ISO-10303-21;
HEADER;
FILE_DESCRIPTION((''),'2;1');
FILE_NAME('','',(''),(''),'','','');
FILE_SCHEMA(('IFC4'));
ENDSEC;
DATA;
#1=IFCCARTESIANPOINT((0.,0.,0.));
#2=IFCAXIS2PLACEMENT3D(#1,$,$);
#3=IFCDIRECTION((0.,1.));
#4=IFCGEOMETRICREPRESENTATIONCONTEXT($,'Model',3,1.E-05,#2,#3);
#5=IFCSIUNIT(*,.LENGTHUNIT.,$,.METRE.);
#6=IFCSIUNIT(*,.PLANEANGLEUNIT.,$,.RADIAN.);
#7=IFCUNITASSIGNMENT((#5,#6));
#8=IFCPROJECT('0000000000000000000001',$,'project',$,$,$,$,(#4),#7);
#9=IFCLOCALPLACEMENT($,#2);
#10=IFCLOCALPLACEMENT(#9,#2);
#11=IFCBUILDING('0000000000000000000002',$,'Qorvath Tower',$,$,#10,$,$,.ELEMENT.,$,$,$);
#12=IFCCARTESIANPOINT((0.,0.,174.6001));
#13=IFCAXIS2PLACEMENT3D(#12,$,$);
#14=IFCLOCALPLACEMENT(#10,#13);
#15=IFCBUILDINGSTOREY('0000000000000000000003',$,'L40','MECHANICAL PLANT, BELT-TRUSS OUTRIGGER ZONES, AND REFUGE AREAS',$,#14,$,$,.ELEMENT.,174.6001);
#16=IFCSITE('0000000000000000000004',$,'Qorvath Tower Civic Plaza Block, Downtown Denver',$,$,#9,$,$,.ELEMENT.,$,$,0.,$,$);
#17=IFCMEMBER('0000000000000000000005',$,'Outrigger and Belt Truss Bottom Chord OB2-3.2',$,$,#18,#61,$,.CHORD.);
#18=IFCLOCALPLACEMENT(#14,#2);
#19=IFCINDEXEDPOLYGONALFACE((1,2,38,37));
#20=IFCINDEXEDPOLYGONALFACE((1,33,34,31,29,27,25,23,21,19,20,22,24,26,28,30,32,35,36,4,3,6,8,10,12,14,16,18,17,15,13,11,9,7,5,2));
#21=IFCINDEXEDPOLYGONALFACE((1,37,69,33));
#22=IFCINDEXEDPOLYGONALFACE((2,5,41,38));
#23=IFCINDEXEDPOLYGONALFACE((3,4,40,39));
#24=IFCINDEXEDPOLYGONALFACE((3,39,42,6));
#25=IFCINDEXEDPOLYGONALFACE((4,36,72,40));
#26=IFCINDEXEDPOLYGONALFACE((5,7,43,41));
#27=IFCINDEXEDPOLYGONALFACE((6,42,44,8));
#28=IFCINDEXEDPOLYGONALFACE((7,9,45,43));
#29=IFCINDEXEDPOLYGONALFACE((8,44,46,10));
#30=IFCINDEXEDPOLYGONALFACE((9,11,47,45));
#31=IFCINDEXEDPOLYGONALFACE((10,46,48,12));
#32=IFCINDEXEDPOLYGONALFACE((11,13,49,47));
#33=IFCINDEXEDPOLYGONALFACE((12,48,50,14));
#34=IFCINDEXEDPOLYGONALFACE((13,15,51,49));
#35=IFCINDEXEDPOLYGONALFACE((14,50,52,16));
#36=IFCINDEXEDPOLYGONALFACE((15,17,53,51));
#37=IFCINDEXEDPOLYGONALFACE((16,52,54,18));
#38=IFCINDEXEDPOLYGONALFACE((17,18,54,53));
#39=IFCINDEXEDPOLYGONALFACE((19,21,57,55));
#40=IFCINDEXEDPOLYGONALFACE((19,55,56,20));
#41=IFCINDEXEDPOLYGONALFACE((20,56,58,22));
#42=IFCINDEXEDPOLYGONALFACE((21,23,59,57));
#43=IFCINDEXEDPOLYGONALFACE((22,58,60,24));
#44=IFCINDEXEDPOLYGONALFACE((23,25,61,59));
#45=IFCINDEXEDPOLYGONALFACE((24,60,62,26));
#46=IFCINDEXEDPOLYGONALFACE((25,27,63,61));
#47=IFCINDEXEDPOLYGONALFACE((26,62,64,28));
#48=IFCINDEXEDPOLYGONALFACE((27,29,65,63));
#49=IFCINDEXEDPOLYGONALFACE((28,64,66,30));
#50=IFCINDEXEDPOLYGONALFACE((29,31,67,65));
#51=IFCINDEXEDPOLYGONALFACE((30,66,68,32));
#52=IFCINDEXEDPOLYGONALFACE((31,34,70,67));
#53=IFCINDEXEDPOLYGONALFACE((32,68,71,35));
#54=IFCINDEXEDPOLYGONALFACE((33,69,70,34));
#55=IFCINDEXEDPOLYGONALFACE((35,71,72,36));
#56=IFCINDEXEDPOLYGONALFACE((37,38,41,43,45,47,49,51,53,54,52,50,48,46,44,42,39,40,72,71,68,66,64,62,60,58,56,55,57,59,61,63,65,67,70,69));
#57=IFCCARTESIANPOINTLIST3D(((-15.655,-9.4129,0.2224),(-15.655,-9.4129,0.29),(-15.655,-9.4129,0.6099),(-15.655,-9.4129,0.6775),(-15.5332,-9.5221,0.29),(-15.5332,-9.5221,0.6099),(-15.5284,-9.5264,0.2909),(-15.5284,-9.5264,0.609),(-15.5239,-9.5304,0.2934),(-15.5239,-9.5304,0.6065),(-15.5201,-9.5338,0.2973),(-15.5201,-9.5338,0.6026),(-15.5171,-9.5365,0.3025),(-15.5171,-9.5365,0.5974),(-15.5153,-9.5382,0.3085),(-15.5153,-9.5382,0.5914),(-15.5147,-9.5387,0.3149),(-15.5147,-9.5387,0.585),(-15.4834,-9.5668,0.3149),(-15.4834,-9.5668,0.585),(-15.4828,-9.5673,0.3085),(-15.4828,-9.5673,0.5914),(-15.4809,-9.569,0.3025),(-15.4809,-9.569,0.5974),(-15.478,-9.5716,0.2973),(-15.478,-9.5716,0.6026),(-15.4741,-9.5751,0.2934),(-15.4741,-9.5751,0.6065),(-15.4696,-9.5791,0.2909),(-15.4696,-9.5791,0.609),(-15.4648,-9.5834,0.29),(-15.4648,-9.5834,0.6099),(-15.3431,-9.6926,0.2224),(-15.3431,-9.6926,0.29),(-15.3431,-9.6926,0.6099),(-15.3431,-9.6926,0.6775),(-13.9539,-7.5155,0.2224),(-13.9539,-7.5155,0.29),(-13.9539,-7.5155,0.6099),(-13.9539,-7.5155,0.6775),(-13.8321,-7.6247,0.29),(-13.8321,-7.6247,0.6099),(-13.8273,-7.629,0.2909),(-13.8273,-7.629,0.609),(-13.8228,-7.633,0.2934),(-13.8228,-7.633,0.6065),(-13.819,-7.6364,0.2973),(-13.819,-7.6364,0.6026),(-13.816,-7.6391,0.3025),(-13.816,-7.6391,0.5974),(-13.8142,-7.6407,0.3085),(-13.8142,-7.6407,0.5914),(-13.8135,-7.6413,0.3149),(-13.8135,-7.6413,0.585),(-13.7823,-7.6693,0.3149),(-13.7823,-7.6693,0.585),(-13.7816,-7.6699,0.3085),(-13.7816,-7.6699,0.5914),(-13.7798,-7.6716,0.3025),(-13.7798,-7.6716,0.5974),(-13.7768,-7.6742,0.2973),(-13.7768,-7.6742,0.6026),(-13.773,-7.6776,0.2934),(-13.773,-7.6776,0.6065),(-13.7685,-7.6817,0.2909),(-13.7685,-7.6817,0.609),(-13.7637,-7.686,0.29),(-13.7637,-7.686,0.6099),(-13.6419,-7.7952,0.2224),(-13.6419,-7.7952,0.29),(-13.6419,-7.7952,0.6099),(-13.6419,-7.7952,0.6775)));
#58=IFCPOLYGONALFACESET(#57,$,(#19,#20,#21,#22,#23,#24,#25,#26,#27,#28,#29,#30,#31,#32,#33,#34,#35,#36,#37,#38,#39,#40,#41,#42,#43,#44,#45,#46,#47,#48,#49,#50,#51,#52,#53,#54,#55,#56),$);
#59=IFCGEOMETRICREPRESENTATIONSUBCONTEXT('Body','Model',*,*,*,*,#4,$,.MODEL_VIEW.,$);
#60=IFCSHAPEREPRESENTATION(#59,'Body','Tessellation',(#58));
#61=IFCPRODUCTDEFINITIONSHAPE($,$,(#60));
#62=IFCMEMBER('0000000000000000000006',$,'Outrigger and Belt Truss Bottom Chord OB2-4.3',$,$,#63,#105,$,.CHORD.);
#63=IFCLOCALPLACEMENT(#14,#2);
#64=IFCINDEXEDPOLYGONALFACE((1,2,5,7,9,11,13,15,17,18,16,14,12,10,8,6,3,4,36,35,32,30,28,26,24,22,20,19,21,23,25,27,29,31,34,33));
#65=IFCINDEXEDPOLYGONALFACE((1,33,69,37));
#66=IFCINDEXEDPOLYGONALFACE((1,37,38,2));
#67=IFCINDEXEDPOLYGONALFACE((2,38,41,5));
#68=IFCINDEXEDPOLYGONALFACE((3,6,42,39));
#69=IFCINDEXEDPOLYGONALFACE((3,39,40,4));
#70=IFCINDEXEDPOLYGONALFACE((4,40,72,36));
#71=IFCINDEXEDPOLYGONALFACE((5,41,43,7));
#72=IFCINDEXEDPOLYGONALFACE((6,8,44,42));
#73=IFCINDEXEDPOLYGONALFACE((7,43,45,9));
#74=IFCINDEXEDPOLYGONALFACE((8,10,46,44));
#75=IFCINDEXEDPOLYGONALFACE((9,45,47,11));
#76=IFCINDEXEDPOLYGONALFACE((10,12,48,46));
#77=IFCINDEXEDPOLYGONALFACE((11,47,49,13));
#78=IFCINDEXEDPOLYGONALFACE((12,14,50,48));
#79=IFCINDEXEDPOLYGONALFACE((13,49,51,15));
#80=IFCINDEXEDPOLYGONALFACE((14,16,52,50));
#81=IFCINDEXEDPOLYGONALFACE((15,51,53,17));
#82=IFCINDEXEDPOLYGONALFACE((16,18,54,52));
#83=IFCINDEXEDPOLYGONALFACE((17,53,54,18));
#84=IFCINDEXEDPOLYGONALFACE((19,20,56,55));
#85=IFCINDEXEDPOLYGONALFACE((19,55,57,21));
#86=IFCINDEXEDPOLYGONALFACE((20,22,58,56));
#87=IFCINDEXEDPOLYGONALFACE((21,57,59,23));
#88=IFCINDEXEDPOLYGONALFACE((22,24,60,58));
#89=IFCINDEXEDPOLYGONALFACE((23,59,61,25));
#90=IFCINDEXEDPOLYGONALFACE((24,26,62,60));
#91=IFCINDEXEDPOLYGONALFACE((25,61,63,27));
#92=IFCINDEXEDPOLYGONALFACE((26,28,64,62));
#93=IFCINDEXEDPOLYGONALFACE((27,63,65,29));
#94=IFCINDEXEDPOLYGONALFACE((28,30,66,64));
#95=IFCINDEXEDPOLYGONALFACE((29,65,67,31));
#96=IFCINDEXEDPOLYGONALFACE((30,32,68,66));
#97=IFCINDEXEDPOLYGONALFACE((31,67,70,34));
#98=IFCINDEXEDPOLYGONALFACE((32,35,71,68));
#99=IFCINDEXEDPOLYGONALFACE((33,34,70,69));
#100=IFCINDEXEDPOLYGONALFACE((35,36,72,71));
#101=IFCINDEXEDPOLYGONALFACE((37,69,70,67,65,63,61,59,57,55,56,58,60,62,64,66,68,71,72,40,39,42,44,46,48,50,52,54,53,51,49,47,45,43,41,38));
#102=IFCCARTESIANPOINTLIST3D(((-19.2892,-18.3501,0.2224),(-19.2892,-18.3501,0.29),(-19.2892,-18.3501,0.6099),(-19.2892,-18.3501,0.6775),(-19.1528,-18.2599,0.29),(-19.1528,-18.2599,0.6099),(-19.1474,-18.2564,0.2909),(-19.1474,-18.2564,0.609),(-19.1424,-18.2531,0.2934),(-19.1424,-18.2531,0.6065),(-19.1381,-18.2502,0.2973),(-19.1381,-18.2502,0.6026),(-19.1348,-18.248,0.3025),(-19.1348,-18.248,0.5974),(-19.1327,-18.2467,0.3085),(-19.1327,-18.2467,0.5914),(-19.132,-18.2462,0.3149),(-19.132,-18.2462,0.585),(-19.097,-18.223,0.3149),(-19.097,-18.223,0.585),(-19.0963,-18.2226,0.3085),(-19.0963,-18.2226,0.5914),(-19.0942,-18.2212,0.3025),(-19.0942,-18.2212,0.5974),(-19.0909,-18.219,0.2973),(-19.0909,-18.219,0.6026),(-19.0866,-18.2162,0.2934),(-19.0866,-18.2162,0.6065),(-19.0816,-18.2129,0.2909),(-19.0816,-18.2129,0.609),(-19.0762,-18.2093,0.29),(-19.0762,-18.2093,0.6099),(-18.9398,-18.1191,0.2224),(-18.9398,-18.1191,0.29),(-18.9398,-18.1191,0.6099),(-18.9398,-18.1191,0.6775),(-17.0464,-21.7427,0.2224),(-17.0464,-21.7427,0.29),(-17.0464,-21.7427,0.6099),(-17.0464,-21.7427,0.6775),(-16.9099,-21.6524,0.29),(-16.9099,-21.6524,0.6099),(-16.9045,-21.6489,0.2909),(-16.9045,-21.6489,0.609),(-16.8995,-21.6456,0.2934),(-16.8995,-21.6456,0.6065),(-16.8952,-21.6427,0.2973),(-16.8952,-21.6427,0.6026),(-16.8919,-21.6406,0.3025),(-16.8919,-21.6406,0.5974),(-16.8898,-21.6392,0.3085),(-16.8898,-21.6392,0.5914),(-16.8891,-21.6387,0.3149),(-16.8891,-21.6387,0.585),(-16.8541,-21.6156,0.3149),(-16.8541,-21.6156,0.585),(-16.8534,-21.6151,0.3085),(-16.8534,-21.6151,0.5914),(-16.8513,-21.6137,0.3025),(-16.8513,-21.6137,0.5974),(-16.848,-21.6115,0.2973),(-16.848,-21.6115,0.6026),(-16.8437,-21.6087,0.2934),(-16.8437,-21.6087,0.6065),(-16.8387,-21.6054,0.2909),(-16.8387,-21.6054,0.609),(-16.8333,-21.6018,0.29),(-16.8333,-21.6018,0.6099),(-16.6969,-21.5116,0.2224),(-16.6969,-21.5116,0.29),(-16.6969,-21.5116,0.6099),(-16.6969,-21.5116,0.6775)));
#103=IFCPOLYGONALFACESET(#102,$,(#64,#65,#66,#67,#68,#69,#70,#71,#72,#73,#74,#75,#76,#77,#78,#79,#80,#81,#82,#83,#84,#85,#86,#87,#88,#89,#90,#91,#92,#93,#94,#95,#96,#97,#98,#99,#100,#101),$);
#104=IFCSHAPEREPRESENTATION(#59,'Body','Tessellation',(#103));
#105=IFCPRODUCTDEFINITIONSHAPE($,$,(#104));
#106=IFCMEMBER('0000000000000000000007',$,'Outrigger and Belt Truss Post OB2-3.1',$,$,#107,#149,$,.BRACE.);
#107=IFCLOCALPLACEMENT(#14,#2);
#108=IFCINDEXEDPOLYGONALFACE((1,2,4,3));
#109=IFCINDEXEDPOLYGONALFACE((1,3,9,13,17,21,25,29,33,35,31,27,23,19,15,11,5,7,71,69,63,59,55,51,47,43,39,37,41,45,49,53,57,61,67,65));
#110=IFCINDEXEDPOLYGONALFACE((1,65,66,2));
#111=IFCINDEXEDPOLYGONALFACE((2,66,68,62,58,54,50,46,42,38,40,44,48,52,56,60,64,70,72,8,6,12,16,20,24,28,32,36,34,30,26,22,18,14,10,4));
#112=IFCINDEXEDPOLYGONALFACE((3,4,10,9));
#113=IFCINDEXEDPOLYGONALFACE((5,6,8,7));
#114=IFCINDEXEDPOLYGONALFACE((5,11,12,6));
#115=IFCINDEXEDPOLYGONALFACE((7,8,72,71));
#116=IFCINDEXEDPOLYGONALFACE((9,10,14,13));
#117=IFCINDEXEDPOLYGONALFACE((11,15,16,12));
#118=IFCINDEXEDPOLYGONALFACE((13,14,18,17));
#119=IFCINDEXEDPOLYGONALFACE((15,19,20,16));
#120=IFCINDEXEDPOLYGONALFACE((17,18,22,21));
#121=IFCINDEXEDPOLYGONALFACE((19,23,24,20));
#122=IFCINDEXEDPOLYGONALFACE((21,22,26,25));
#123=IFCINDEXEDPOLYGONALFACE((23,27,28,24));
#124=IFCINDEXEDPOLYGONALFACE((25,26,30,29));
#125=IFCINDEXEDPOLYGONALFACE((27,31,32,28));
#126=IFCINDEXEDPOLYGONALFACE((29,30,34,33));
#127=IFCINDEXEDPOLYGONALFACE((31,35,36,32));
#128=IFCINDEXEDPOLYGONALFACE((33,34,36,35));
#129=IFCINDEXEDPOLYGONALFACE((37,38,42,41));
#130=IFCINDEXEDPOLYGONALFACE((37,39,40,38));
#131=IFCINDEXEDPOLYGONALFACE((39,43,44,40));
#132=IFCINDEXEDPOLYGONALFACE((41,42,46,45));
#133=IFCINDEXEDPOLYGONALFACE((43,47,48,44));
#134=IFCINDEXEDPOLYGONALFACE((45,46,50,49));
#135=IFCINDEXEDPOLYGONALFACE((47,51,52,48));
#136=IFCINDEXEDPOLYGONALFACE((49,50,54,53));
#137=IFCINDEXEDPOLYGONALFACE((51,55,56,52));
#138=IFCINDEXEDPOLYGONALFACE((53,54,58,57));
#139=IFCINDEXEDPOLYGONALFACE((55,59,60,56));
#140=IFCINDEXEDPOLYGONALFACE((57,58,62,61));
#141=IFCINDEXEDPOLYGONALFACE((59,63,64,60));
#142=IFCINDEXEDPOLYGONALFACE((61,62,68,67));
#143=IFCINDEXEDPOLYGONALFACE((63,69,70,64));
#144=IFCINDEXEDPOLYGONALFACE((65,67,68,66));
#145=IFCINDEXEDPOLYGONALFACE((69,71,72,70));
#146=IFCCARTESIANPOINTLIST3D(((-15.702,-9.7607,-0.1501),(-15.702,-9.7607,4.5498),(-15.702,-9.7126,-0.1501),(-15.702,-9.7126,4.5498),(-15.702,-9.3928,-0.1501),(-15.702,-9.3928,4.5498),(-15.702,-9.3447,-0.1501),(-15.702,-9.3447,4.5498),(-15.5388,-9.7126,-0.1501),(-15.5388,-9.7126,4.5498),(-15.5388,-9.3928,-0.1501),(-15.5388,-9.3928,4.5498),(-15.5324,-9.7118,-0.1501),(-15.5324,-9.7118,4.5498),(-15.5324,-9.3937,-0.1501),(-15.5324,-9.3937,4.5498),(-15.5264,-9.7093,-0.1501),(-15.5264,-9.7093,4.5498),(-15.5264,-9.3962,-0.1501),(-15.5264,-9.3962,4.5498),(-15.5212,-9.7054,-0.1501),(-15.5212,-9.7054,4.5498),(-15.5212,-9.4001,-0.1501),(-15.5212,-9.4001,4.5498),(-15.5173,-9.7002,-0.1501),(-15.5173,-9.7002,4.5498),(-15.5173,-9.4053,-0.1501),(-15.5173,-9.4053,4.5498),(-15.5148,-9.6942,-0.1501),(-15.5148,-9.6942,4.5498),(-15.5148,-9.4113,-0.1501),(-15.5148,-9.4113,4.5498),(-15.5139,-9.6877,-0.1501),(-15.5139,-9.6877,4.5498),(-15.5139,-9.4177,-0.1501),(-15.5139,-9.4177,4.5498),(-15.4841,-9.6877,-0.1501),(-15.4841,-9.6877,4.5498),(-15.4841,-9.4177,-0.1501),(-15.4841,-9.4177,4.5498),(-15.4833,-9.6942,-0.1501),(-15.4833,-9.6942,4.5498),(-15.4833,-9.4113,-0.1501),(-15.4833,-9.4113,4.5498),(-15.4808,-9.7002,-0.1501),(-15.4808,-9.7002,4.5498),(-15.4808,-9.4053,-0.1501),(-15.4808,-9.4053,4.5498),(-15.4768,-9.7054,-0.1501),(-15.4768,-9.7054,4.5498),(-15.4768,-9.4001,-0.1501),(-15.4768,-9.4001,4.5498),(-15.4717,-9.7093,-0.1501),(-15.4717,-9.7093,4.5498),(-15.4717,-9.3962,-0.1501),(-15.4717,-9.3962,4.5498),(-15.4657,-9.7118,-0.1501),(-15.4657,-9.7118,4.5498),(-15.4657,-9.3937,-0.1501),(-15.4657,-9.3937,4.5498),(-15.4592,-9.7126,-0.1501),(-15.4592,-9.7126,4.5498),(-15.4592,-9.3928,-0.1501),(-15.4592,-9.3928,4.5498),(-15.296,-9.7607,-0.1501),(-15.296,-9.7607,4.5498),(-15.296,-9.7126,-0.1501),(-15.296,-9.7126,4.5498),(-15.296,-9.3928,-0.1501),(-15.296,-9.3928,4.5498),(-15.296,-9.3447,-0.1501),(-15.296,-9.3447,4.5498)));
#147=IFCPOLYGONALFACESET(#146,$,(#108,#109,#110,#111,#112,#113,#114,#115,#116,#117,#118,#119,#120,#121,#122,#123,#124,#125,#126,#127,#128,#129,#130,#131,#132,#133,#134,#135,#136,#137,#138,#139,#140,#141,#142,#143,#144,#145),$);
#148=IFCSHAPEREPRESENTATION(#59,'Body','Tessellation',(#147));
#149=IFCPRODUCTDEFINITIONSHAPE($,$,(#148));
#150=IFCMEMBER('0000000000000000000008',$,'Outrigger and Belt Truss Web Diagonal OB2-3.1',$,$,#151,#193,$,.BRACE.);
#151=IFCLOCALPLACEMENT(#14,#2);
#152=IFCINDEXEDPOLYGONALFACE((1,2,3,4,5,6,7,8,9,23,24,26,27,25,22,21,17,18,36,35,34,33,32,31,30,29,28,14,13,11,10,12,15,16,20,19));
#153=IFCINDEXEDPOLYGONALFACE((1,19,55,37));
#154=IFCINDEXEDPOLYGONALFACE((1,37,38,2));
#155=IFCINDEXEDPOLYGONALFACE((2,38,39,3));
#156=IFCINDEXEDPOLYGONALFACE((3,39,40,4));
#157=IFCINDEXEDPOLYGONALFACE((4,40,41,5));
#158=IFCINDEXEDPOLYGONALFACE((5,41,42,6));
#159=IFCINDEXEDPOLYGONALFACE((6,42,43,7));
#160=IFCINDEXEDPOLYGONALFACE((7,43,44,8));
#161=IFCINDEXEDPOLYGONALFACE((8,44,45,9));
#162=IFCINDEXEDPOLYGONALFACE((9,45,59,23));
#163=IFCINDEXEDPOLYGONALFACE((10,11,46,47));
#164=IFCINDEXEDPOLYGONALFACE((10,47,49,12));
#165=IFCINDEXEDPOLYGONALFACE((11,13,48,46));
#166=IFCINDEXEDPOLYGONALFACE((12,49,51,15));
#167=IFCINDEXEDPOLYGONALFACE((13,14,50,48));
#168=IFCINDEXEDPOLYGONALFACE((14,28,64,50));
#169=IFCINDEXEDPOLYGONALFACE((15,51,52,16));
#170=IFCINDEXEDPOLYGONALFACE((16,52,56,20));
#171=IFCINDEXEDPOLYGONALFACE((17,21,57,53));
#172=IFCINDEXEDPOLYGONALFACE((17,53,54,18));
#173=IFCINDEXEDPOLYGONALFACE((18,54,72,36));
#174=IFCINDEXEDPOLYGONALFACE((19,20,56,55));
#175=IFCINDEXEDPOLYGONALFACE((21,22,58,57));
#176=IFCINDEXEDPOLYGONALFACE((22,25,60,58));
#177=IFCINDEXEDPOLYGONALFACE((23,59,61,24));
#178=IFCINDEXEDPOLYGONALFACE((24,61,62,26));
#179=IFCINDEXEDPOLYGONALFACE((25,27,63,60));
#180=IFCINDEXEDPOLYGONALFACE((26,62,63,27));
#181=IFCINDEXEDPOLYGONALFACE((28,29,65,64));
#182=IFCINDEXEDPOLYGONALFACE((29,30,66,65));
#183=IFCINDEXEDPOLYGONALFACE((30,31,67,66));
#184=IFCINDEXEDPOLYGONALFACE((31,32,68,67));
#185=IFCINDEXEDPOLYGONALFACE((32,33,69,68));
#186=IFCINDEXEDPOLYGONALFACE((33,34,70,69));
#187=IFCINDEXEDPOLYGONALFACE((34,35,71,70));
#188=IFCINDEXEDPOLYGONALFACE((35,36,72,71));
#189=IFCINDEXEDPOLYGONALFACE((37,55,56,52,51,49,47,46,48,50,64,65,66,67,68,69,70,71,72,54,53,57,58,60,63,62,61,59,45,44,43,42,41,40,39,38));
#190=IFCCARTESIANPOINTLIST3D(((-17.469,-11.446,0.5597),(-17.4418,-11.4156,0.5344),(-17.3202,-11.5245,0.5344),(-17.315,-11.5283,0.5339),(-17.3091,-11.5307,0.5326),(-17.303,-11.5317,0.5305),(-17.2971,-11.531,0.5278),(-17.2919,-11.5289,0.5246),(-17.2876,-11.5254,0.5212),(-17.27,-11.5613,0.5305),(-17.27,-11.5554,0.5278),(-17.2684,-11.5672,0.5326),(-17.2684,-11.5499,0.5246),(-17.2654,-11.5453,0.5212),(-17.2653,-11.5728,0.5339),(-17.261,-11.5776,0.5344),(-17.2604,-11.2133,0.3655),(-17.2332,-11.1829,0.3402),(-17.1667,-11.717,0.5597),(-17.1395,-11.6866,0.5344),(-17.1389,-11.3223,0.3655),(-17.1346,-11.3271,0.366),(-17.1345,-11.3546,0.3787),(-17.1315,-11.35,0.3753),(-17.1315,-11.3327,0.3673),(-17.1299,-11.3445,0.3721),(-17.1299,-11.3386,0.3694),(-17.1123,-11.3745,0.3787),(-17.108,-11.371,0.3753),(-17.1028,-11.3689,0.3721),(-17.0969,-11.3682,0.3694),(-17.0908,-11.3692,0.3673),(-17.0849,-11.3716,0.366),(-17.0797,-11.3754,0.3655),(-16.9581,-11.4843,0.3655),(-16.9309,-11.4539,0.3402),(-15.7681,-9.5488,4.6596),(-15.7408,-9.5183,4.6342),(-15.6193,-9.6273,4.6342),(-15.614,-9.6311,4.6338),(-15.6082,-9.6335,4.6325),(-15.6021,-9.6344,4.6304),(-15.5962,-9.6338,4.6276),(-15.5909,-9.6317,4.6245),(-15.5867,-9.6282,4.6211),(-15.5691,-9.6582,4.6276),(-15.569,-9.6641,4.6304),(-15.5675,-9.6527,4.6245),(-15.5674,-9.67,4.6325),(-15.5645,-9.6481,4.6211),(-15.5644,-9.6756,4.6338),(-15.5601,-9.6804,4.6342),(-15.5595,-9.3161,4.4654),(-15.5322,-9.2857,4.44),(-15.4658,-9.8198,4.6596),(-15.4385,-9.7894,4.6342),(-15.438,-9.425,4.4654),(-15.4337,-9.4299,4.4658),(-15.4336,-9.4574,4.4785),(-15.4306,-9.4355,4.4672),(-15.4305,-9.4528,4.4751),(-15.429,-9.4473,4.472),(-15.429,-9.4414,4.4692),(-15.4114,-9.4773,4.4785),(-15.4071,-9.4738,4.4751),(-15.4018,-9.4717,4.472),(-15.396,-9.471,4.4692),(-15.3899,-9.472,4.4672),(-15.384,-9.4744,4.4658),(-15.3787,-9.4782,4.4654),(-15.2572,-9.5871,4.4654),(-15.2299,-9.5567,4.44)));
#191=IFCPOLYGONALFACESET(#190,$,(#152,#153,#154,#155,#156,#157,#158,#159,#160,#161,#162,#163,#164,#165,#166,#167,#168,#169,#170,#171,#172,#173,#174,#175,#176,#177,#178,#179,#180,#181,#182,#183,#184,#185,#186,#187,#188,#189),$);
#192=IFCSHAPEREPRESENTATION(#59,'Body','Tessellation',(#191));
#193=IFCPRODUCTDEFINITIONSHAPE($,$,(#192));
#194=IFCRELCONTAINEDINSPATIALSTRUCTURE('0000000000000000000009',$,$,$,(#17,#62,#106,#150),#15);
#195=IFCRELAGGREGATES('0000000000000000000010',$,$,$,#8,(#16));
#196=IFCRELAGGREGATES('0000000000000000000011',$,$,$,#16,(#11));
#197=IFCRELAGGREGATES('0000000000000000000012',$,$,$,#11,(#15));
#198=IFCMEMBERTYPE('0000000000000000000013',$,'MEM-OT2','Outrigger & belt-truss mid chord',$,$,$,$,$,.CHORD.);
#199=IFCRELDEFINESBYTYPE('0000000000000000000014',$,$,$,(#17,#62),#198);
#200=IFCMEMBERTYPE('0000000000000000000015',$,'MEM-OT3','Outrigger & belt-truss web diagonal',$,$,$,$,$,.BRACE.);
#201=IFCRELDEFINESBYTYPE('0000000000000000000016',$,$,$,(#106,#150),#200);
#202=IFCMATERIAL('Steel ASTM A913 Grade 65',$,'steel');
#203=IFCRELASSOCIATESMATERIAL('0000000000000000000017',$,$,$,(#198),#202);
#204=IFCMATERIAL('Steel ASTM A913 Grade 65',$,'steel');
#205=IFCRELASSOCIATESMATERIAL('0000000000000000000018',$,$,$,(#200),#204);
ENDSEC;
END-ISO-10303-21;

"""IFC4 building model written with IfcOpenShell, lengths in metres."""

from ifc_helpers import new_model, si_unit, direction, frame, origin, origin_2d, place, context, subcontext, project, spatial, i_section, extrude, material, material_profile, profile_set, type_object, element, save


model = new_model("IFC4")

# Units and contexts
model_context = context("Model", 3, precision=1e-05, world=origin(), true_north=direction((0.0, 1.0)))
body_context = subcontext(model_context, "Body", "Model", "MODEL_VIEW")
ifc_project = project(units=[si_unit("LENGTHUNIT", "METRE"), si_unit("PLANEANGLEUNIT", "RADIAN")], contexts=[model_context])

# Site, building, storey
site_placement = place(None, origin())
site = spatial("IfcSite", under=ifc_project, at=site_placement, Name="Qorvath Tower Civic Plaza Block, Downtown Denver", CompositionType="ELEMENT", RefElevation=0.0)
building_placement = place(site_placement, origin())
building = spatial("IfcBuilding", under=site, at=building_placement, Name="Qorvath Tower", CompositionType="ELEMENT")
storey_placement = place(building_placement, frame((0.0, 0.0, 174.6001)))
storey = spatial("IfcBuildingStorey", under=building, at=storey_placement, Name="L40", Description="MECHANICAL PLANT, BELT-TRUSS OUTRIGGER ZONES, AND REFUGE AREAS", CompositionType="ELEMENT", Elevation=174.6001)

# Members
ifc_material_1 = material(Name="Steel ASTM A913 Grade 65", Category="steel")
ifc_material_profile_1 = material_profile(ifc_material_1, i_section(OverallWidth=0.4189, OverallDepth=0.4551, WebThickness=0.042, FlangeThickness=0.0676, FilletRadius=0.0249, at=origin_2d()), Name="W14x370")
ifc_profile_set_1 = profile_set([ifc_material_profile_1], Name="Steel ASTM A913 Grade 65")
member_type_1 = type_object("IfcMemberType", Name="MEM-OT2", Description="Outrigger & belt-truss mid chord", PredefinedType="CHORD", material=ifc_profile_set_1)
member_1_placement = place(storey_placement, frame((-15.499, -9.5527, 0.45), z_axis=(0.667545, 0.744569, 0.0), x_axis=(-0.744569, 0.667545, 0.0)))
element("IfcMember", 1, at=member_1_placement, inside=storey, type_object=member_type_1, Name="Outrigger and Belt Truss Bottom Chord OB2-3.2", PredefinedType="CHORD", context=body_context, shape_type="SweptSolid", body=[
    extrude(i_section(OverallWidth=0.4189, OverallDepth=0.4551, WebThickness=0.042, FlangeThickness=0.0676, FilletRadius=0.0249, at=origin_2d()), origin(), (0.0, 0.0, 1.0), 2.5483),
])
member_2_placement = place(storey_placement, frame((-19.1145, -18.2346, 0.45), z_axis=(0.551496, -0.834178, 0.0), x_axis=(0.834178, 0.551496, 0.0)))
element("IfcMember", 2, at=member_2_placement, inside=storey, type_object=member_type_1, Name="Outrigger and Belt Truss Bottom Chord OB2-4.3", PredefinedType="CHORD", context=body_context, shape_type="SweptSolid", body=[
    extrude(i_section(OverallWidth=0.4189, OverallDepth=0.4551, WebThickness=0.042, FlangeThickness=0.0676, FilletRadius=0.0249, at=origin_2d()), origin(), (0.0, 0.0, 1.0), 4.0669),
])
ifc_material_2 = material(Name="Steel ASTM A913 Grade 65", Category="steel")
ifc_material_profile_2 = material_profile(ifc_material_2, i_section(OverallWidth=0.406, OverallDepth=0.416, WebThickness=0.0298, FlangeThickness=0.0481, FilletRadius=0.0249, at=origin_2d()), Name="W14x257")
ifc_profile_set_2 = profile_set([ifc_material_profile_2], Name="Steel ASTM A913 Grade 65")
member_type_2 = type_object("IfcMemberType", Name="MEM-OT3", Description="Outrigger & belt-truss web diagonal", PredefinedType="BRACE", material=ifc_profile_set_2)
member_3_placement = place(storey_placement, frame((-15.499, -9.5527, -0.1501), z_axis=(0.0, 0.0, 1.0), x_axis=(1.0, 0.0, 0.0)))
element("IfcMember", 3, at=member_3_placement, inside=storey, type_object=member_type_2, Name="Outrigger and Belt Truss Post OB2-3.1", PredefinedType="BRACE", context=body_context, shape_type="SweptSolid", body=[
    extrude(i_section(OverallWidth=0.406, OverallDepth=0.416, WebThickness=0.0298, FlangeThickness=0.0481, FilletRadius=0.0249, at=origin_2d()), origin(), (0.0, 0.0, 1.0), 4.7),
])
member_4_placement = place(storey_placement, frame((-17.2, -11.45, 0.45), z_axis=(0.352367, 0.39303, 0.849332), x_axis=(-0.744574, 0.66754, 0.0)))
element("IfcMember", 4, at=member_4_placement, inside=storey, type_object=member_type_2, Name="Outrigger and Belt Truss Web Diagonal OB2-3.1", PredefinedType="BRACE", context=body_context, shape_type="SweptSolid", body=[
    extrude(i_section(OverallWidth=0.406, OverallDepth=0.416, WebThickness=0.0298, FlangeThickness=0.0481, FilletRadius=0.0249, at=origin_2d()), origin(), (0.0, 0.0, 1.0), 4.8271),
])

save(model, "model.ifc")
